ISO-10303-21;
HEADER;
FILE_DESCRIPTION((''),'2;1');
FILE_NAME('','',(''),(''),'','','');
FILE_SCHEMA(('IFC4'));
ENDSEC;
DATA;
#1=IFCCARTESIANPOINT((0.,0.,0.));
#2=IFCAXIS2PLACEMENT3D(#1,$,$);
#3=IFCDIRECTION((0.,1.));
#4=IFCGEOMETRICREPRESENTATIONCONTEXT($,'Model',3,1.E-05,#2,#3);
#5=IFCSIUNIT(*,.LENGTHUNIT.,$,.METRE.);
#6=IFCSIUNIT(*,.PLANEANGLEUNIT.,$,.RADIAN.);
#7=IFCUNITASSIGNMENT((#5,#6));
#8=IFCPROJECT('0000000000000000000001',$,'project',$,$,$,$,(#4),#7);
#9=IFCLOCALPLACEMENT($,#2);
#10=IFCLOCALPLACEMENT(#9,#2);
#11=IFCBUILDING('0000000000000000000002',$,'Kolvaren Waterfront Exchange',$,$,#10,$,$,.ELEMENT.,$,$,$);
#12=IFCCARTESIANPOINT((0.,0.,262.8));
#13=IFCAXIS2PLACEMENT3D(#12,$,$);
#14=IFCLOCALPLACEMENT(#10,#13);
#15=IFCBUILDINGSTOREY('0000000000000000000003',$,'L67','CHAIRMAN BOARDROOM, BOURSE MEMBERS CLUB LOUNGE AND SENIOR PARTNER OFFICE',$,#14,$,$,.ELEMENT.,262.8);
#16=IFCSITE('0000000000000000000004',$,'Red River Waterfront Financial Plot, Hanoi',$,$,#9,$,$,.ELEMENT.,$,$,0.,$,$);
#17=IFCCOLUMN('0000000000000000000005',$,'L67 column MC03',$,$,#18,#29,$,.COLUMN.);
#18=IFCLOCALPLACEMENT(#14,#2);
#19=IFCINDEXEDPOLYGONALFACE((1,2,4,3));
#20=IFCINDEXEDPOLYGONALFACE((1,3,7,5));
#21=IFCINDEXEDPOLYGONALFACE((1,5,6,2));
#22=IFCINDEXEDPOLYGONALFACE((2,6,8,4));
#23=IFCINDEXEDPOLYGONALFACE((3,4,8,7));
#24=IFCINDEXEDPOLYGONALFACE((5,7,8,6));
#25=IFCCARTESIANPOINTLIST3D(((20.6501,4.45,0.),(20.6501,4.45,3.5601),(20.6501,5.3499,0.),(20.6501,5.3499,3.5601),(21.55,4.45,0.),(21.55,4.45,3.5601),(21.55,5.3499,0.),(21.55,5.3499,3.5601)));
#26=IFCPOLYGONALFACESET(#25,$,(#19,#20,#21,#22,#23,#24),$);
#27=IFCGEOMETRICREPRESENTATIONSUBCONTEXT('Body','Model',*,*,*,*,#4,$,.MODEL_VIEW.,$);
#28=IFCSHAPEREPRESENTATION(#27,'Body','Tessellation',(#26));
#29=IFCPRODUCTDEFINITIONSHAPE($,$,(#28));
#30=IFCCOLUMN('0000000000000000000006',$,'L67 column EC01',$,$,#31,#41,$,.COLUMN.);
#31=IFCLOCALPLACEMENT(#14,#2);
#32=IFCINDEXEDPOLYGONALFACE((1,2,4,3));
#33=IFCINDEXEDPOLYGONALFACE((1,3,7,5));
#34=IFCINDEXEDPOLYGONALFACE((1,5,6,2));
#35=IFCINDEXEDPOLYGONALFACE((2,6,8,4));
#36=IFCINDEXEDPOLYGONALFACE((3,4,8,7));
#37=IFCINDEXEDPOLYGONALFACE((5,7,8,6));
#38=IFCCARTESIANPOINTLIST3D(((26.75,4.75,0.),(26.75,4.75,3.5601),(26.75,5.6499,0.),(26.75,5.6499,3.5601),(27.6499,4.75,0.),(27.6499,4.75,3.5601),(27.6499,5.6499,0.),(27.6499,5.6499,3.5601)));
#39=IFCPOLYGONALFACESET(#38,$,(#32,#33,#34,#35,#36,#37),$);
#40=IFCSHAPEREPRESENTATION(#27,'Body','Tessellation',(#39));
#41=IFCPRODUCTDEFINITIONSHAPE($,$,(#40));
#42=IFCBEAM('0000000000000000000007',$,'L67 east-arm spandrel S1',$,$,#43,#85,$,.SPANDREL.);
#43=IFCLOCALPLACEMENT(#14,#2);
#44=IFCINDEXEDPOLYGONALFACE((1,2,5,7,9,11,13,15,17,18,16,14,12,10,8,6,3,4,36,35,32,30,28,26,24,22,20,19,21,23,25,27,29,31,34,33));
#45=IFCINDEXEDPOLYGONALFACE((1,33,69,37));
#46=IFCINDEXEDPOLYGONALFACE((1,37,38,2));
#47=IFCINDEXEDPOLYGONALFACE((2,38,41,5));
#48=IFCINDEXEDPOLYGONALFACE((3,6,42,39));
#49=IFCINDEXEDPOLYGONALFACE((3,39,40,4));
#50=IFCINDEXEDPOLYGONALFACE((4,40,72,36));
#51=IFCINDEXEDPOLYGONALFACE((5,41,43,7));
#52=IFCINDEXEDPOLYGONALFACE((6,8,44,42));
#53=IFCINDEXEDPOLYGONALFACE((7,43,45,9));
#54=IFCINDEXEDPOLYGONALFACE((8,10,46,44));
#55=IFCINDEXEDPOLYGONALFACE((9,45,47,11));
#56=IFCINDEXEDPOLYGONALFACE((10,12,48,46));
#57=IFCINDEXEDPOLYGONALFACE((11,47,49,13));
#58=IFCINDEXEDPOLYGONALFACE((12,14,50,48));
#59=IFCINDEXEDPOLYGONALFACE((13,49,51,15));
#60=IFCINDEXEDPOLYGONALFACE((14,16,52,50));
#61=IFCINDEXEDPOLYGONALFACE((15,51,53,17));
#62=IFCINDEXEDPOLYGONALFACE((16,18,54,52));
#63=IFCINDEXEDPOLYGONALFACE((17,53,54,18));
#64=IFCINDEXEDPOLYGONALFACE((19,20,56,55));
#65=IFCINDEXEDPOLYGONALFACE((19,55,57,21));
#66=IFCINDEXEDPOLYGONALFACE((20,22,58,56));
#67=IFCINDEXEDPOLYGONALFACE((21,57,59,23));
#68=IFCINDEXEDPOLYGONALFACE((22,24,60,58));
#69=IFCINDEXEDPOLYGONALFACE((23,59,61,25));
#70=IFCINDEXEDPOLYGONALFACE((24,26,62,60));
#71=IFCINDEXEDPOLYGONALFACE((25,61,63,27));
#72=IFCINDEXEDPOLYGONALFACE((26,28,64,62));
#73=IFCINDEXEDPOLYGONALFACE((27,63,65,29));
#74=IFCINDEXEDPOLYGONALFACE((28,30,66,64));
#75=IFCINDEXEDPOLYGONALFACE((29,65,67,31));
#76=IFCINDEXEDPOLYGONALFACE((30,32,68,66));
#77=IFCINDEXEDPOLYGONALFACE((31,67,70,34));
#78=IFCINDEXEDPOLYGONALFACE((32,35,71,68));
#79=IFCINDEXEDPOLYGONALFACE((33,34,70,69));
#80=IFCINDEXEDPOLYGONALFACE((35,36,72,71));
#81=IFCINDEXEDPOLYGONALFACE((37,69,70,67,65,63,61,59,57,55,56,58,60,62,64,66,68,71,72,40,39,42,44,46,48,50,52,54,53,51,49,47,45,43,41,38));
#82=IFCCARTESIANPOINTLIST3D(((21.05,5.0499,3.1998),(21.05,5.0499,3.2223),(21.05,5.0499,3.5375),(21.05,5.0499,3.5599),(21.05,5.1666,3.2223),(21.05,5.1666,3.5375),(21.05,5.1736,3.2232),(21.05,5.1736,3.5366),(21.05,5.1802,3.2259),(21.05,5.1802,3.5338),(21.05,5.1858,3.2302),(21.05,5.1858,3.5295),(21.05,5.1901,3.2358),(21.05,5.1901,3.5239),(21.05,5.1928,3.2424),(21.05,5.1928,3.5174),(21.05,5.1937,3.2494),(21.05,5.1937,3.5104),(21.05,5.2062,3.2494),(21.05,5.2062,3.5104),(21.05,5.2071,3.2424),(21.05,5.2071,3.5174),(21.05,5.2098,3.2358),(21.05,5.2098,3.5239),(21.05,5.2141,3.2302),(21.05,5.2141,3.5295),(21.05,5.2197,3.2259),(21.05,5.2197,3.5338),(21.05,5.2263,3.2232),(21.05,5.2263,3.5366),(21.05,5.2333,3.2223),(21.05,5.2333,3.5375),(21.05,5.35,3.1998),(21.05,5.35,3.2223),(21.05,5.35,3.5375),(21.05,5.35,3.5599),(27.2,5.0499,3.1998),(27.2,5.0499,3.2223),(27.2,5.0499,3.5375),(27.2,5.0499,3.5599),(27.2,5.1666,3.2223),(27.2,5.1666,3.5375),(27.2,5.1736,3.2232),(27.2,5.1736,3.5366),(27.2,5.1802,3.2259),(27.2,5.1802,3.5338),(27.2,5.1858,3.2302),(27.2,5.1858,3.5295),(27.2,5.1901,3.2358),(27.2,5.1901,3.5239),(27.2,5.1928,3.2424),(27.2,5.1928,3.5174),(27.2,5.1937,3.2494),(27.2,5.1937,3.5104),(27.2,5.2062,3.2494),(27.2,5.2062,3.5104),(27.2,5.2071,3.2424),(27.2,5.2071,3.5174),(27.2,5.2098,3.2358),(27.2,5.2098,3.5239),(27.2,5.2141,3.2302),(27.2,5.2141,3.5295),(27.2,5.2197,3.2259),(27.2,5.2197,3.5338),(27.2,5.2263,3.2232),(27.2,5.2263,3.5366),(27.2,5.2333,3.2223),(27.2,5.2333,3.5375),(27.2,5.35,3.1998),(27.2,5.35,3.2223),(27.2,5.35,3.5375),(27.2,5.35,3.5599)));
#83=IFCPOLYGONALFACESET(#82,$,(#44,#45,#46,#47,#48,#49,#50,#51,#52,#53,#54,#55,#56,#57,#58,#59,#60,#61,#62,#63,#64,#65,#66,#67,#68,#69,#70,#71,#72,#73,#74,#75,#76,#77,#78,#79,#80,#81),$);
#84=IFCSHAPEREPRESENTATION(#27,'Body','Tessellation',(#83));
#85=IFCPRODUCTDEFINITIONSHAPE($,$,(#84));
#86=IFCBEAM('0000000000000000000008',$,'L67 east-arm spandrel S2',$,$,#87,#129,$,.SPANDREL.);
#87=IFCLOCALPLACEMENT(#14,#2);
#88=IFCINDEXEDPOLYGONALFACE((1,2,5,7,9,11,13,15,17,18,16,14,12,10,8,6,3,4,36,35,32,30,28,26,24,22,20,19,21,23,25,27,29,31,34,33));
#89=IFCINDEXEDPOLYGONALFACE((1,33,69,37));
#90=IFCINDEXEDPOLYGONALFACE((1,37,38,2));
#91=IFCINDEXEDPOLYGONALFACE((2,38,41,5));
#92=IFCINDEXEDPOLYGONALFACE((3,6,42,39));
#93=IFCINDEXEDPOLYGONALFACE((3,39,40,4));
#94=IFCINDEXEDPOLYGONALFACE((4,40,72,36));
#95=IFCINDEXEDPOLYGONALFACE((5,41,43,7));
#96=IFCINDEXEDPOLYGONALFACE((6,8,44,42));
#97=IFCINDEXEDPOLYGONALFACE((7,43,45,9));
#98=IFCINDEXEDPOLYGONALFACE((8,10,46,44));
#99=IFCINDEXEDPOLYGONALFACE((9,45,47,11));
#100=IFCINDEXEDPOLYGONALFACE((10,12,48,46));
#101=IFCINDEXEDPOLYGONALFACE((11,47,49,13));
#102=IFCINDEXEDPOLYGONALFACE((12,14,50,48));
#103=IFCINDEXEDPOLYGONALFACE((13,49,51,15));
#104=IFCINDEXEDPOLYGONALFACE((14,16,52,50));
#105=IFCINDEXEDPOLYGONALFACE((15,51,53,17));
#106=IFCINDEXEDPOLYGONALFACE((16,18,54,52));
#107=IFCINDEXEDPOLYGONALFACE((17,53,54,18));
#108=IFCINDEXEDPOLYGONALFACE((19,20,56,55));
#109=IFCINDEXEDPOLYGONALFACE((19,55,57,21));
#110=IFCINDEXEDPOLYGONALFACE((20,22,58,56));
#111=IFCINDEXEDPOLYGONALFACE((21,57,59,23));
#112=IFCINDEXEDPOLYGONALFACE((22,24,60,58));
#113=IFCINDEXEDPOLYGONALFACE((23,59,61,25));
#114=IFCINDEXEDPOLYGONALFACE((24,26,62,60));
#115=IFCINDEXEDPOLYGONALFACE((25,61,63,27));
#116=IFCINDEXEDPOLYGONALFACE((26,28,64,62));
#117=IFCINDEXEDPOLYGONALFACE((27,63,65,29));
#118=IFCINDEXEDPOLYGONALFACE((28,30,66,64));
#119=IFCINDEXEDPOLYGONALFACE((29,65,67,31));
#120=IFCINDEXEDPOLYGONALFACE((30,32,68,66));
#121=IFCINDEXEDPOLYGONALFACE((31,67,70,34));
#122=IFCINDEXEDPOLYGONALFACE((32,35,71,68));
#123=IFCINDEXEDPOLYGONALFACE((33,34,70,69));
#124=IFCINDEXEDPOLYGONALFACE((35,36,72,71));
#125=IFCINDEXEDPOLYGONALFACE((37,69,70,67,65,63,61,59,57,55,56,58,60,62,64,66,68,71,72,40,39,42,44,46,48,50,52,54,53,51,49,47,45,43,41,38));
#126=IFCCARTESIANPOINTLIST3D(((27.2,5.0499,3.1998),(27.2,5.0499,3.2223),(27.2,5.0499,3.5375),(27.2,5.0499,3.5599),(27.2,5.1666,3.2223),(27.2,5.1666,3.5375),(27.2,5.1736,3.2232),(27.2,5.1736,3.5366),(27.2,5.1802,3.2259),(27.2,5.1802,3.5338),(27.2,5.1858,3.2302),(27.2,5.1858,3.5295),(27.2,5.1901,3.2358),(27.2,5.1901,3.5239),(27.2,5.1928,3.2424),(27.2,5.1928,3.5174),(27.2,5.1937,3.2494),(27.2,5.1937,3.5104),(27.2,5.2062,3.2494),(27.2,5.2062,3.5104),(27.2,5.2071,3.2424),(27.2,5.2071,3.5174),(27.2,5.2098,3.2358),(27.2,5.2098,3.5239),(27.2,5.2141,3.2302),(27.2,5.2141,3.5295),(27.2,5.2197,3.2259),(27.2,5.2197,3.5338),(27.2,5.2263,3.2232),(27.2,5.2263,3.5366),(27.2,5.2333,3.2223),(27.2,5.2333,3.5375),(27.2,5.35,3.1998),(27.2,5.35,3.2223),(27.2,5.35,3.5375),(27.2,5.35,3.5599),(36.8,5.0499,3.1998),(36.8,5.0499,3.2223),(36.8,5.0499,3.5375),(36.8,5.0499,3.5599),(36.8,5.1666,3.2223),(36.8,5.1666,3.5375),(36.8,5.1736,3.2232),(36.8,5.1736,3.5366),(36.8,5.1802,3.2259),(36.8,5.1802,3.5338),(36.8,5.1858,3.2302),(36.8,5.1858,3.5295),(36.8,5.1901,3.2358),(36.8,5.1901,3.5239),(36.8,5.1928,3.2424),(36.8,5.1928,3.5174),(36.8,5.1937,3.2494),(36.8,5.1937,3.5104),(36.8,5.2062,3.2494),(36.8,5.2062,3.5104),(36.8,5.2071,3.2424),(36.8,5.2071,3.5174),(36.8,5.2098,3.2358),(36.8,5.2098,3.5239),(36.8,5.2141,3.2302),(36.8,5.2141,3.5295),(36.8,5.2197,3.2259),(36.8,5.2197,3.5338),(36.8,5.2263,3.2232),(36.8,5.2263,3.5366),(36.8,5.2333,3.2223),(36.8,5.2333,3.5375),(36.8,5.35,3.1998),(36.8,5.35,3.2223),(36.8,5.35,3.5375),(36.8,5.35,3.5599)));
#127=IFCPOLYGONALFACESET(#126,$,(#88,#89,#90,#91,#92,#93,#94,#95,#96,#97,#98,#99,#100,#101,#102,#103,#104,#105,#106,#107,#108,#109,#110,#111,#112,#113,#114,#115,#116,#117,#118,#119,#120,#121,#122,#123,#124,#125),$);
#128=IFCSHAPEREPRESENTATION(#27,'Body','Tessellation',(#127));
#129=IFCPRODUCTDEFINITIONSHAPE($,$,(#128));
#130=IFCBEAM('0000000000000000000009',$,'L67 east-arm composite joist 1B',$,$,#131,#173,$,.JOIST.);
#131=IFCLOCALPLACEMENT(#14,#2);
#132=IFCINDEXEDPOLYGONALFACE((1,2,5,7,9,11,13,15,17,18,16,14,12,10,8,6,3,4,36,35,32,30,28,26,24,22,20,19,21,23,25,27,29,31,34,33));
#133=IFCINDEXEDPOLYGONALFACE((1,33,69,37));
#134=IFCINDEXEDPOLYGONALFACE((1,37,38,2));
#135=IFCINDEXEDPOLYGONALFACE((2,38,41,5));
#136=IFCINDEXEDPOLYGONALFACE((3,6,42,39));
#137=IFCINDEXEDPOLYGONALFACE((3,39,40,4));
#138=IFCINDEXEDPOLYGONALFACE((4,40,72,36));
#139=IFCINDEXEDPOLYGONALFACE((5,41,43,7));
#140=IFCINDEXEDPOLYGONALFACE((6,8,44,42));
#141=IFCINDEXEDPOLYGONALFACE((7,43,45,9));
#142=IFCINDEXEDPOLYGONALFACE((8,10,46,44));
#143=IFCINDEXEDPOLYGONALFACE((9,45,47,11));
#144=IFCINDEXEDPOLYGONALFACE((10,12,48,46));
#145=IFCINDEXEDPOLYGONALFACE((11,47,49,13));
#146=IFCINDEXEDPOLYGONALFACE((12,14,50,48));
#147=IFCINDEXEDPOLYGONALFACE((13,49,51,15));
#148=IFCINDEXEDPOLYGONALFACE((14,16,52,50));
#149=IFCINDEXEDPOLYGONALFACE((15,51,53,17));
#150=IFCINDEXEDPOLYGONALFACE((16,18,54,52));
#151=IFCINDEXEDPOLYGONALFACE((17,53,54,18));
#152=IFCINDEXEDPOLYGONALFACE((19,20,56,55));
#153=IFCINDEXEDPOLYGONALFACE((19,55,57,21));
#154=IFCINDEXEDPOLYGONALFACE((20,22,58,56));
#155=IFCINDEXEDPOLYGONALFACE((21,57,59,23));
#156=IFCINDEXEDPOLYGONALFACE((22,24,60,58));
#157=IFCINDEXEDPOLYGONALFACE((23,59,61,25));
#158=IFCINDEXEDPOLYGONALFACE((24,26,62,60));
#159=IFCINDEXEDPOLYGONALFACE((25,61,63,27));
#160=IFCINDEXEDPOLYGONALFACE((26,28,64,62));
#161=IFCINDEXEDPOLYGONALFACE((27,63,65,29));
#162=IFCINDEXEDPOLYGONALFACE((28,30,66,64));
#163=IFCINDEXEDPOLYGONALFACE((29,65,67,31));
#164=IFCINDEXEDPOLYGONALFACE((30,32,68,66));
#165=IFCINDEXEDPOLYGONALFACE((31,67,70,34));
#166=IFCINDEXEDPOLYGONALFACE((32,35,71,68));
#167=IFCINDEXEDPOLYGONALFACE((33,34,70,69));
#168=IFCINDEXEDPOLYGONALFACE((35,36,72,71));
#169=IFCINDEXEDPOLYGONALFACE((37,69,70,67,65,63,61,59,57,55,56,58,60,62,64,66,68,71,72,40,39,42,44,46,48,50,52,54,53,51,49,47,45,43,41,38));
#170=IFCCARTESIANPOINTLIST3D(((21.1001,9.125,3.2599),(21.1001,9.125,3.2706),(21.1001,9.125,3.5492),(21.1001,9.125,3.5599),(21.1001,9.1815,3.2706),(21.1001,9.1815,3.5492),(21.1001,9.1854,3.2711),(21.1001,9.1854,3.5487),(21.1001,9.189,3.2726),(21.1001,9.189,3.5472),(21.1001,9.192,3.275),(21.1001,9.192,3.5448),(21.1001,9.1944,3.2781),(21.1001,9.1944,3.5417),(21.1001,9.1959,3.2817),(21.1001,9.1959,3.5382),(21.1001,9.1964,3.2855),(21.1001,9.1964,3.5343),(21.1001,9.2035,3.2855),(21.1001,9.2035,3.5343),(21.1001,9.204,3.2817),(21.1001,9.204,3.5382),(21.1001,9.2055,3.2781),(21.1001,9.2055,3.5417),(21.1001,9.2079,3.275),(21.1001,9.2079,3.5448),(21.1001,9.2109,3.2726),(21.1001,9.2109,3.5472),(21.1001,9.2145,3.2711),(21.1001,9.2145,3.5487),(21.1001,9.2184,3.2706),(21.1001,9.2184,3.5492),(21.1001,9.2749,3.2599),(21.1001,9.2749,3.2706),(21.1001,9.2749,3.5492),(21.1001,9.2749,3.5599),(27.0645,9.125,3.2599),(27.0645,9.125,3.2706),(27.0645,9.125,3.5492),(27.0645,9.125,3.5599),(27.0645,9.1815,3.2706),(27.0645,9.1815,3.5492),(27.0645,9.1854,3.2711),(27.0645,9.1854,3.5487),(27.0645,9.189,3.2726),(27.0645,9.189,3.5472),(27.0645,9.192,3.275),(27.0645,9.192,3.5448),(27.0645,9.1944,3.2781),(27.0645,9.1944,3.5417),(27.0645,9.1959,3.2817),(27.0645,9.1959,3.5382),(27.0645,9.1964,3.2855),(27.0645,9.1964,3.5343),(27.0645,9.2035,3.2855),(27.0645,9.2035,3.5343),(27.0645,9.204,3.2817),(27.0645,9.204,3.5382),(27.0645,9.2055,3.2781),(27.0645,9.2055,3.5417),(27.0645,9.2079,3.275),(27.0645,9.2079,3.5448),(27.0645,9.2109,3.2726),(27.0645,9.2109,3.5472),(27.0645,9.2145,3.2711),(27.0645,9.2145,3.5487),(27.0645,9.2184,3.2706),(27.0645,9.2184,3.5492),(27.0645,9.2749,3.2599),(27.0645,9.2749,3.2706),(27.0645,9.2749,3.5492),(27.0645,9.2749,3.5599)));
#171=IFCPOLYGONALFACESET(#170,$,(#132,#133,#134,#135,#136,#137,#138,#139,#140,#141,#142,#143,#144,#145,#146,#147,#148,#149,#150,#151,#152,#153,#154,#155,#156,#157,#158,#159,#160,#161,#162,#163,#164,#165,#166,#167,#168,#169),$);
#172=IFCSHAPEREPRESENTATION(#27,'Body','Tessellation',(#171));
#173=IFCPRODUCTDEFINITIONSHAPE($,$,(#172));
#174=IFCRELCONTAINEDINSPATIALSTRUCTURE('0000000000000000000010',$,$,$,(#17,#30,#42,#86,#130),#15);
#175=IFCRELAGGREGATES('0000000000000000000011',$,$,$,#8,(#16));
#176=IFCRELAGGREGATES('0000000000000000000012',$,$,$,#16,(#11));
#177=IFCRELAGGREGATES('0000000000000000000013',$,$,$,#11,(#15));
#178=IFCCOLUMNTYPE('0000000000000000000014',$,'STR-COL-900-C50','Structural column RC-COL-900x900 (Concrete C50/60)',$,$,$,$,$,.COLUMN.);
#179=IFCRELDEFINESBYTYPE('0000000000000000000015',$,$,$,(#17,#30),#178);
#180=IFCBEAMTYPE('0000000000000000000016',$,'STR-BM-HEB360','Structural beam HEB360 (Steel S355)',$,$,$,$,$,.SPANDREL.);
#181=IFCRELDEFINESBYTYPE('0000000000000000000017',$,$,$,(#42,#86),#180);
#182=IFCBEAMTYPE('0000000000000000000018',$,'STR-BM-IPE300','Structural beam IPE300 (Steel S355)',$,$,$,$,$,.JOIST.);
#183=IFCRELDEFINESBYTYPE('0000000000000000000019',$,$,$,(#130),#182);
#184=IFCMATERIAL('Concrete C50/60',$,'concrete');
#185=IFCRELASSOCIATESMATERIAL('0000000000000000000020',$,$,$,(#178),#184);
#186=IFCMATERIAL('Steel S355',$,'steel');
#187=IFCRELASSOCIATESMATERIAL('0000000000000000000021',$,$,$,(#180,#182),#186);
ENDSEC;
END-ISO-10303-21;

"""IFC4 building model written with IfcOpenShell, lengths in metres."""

from ifc_helpers import new_model, si_unit, direction, frame, origin, origin_2d, place, context, subcontext, project, spatial, rectangle, i_section, extrude, material, material_profile, profile_set, type_object, element, save


model = new_model("IFC4")

# Units and contexts
model_context = context("Model", 3, precision=1e-05, world=origin(), true_north=direction((0.0, 1.0)))
body_context = subcontext(model_context, "Body", "Model", "MODEL_VIEW")
ifc_project = project(units=[si_unit("LENGTHUNIT", "METRE"), si_unit("PLANEANGLEUNIT", "RADIAN")], contexts=[model_context])

# Site, building, storey
site_placement = place(None, origin())
site = spatial("IfcSite", under=ifc_project, at=site_placement, Name="Red River Waterfront Financial Plot, Hanoi", CompositionType="ELEMENT", RefElevation=0.0)
building_placement = place(site_placement, origin())
building = spatial("IfcBuilding", under=site, at=building_placement, Name="Kolvaren Waterfront Exchange", CompositionType="ELEMENT")
storey_placement = place(building_placement, frame((0.0, 0.0, 262.8)))
storey = spatial("IfcBuildingStorey", under=building, at=storey_placement, Name="L67", Description="CHAIRMAN BOARDROOM, BOURSE MEMBERS CLUB LOUNGE AND SENIOR PARTNER OFFICE", CompositionType="ELEMENT", Elevation=262.8)

# Columns
ifc_material_1 = material(Name="Concrete C50/60", Category="concrete")
ifc_material_profile_1 = material_profile(ifc_material_1, rectangle(XDim=0.8999, YDim=0.8999, at=origin_2d()), Name="RC-COL-900x900")
ifc_profile_set_1 = profile_set([ifc_material_profile_1], Name="Concrete C50/60")
column_type = type_object("IfcColumnType", Name="STR-COL-900-C50", Description="Structural column RC-COL-900x900 (Concrete C50/60)", PredefinedType="COLUMN", material=ifc_profile_set_1)
for number, where, z_axis, x_axis, name in (
    (1, (21.1001, 4.8999, 0.0), (0.0, 0.0, 1.0), (1.0, 0.0, 0.0), "L67 column MC03"),
    (2, (27.2, 5.2, 0.0), (0.0, 0.0, 1.0), (1.0, 0.0, 0.0), "L67 column EC01"),
):
    element("IfcColumn", number, at=place(storey_placement, frame(where, z_axis=z_axis, x_axis=x_axis)), inside=storey, type_object=column_type, Name=name, PredefinedType="COLUMN", context=body_context, shape_type="SweptSolid", body=[
        extrude(rectangle(XDim=0.8999, YDim=0.8999, at=origin_2d()), origin(), (0.0, 0.0, 1.0), 3.5601),
    ])

# Beams
ifc_material_2 = material(Name="Steel S355", Category="steel")
ifc_material_profile_2 = material_profile(ifc_material_2, i_section(OverallWidth=0.3, OverallDepth=0.3601, WebThickness=0.0125, FlangeThickness=0.0225, FilletRadius=0.0271, at=origin_2d()), Name="HEB360")
ifc_profile_set_2 = profile_set([ifc_material_profile_2], Name="Steel S355")
beam_type_1 = type_object("IfcBeamType", Name="STR-BM-HEB360", Description="Structural beam HEB360 (Steel S355)", PredefinedType="SPANDREL", material=ifc_profile_set_2)
beam_1_placement = place(storey_placement, frame((21.05, 5.2, 3.3799), z_axis=(1.0, 0.0, 0.0), x_axis=(0.0, 1.0, 0.0)))
element("IfcBeam", 3, at=beam_1_placement, inside=storey, type_object=beam_type_1, Name="L67 east-arm spandrel S1", PredefinedType="SPANDREL", context=body_context, shape_type="SweptSolid", body=[
    extrude(i_section(OverallWidth=0.3, OverallDepth=0.3601, WebThickness=0.0125, FlangeThickness=0.0225, FilletRadius=0.0271, at=origin_2d()), origin(), (0.0, 0.0, 1.0), 6.1499),
])
beam_2_placement = place(storey_placement, frame((27.2, 5.2, 3.3799), z_axis=(1.0, 0.0, 0.0), x_axis=(0.0, 1.0, 0.0)))
element("IfcBeam", 4, at=beam_2_placement, inside=storey, type_object=beam_type_1, Name="L67 east-arm spandrel S2", PredefinedType="SPANDREL", context=body_context, shape_type="SweptSolid", body=[
    extrude(i_section(OverallWidth=0.3, OverallDepth=0.3601, WebThickness=0.0125, FlangeThickness=0.0225, FilletRadius=0.0271, at=origin_2d()), origin(), (0.0, 0.0, 1.0), 9.6001),
])
ifc_material_profile_3 = material_profile(ifc_material_2, i_section(OverallWidth=0.1499, OverallDepth=0.3, WebThickness=0.0071, FlangeThickness=0.0107, FilletRadius=0.0149, at=origin_2d()), Name="IPE300")
ifc_profile_set_3 = profile_set([ifc_material_profile_3], Name="Steel S355")
beam_type_2 = type_object("IfcBeamType", Name="STR-BM-IPE300", Description="Structural beam IPE300 (Steel S355)", PredefinedType="JOIST", material=ifc_profile_set_3)
beam_3_placement = place(storey_placement, frame((21.1001, 9.2, 3.4099), z_axis=(1.0, 0.0, 0.0), x_axis=(0.0, 1.0, 0.0)))
element("IfcBeam", 5, at=beam_3_placement, inside=storey, type_object=beam_type_2, Name="L67 east-arm composite joist 1B", PredefinedType="JOIST", context=body_context, shape_type="SweptSolid", body=[
    extrude(i_section(OverallWidth=0.1499, OverallDepth=0.3, WebThickness=0.0071, FlangeThickness=0.0107, FilletRadius=0.0149, at=origin_2d()), origin(), (0.0, 0.0, 1.0), 5.9644),
])

save(model, "model.ifc")
